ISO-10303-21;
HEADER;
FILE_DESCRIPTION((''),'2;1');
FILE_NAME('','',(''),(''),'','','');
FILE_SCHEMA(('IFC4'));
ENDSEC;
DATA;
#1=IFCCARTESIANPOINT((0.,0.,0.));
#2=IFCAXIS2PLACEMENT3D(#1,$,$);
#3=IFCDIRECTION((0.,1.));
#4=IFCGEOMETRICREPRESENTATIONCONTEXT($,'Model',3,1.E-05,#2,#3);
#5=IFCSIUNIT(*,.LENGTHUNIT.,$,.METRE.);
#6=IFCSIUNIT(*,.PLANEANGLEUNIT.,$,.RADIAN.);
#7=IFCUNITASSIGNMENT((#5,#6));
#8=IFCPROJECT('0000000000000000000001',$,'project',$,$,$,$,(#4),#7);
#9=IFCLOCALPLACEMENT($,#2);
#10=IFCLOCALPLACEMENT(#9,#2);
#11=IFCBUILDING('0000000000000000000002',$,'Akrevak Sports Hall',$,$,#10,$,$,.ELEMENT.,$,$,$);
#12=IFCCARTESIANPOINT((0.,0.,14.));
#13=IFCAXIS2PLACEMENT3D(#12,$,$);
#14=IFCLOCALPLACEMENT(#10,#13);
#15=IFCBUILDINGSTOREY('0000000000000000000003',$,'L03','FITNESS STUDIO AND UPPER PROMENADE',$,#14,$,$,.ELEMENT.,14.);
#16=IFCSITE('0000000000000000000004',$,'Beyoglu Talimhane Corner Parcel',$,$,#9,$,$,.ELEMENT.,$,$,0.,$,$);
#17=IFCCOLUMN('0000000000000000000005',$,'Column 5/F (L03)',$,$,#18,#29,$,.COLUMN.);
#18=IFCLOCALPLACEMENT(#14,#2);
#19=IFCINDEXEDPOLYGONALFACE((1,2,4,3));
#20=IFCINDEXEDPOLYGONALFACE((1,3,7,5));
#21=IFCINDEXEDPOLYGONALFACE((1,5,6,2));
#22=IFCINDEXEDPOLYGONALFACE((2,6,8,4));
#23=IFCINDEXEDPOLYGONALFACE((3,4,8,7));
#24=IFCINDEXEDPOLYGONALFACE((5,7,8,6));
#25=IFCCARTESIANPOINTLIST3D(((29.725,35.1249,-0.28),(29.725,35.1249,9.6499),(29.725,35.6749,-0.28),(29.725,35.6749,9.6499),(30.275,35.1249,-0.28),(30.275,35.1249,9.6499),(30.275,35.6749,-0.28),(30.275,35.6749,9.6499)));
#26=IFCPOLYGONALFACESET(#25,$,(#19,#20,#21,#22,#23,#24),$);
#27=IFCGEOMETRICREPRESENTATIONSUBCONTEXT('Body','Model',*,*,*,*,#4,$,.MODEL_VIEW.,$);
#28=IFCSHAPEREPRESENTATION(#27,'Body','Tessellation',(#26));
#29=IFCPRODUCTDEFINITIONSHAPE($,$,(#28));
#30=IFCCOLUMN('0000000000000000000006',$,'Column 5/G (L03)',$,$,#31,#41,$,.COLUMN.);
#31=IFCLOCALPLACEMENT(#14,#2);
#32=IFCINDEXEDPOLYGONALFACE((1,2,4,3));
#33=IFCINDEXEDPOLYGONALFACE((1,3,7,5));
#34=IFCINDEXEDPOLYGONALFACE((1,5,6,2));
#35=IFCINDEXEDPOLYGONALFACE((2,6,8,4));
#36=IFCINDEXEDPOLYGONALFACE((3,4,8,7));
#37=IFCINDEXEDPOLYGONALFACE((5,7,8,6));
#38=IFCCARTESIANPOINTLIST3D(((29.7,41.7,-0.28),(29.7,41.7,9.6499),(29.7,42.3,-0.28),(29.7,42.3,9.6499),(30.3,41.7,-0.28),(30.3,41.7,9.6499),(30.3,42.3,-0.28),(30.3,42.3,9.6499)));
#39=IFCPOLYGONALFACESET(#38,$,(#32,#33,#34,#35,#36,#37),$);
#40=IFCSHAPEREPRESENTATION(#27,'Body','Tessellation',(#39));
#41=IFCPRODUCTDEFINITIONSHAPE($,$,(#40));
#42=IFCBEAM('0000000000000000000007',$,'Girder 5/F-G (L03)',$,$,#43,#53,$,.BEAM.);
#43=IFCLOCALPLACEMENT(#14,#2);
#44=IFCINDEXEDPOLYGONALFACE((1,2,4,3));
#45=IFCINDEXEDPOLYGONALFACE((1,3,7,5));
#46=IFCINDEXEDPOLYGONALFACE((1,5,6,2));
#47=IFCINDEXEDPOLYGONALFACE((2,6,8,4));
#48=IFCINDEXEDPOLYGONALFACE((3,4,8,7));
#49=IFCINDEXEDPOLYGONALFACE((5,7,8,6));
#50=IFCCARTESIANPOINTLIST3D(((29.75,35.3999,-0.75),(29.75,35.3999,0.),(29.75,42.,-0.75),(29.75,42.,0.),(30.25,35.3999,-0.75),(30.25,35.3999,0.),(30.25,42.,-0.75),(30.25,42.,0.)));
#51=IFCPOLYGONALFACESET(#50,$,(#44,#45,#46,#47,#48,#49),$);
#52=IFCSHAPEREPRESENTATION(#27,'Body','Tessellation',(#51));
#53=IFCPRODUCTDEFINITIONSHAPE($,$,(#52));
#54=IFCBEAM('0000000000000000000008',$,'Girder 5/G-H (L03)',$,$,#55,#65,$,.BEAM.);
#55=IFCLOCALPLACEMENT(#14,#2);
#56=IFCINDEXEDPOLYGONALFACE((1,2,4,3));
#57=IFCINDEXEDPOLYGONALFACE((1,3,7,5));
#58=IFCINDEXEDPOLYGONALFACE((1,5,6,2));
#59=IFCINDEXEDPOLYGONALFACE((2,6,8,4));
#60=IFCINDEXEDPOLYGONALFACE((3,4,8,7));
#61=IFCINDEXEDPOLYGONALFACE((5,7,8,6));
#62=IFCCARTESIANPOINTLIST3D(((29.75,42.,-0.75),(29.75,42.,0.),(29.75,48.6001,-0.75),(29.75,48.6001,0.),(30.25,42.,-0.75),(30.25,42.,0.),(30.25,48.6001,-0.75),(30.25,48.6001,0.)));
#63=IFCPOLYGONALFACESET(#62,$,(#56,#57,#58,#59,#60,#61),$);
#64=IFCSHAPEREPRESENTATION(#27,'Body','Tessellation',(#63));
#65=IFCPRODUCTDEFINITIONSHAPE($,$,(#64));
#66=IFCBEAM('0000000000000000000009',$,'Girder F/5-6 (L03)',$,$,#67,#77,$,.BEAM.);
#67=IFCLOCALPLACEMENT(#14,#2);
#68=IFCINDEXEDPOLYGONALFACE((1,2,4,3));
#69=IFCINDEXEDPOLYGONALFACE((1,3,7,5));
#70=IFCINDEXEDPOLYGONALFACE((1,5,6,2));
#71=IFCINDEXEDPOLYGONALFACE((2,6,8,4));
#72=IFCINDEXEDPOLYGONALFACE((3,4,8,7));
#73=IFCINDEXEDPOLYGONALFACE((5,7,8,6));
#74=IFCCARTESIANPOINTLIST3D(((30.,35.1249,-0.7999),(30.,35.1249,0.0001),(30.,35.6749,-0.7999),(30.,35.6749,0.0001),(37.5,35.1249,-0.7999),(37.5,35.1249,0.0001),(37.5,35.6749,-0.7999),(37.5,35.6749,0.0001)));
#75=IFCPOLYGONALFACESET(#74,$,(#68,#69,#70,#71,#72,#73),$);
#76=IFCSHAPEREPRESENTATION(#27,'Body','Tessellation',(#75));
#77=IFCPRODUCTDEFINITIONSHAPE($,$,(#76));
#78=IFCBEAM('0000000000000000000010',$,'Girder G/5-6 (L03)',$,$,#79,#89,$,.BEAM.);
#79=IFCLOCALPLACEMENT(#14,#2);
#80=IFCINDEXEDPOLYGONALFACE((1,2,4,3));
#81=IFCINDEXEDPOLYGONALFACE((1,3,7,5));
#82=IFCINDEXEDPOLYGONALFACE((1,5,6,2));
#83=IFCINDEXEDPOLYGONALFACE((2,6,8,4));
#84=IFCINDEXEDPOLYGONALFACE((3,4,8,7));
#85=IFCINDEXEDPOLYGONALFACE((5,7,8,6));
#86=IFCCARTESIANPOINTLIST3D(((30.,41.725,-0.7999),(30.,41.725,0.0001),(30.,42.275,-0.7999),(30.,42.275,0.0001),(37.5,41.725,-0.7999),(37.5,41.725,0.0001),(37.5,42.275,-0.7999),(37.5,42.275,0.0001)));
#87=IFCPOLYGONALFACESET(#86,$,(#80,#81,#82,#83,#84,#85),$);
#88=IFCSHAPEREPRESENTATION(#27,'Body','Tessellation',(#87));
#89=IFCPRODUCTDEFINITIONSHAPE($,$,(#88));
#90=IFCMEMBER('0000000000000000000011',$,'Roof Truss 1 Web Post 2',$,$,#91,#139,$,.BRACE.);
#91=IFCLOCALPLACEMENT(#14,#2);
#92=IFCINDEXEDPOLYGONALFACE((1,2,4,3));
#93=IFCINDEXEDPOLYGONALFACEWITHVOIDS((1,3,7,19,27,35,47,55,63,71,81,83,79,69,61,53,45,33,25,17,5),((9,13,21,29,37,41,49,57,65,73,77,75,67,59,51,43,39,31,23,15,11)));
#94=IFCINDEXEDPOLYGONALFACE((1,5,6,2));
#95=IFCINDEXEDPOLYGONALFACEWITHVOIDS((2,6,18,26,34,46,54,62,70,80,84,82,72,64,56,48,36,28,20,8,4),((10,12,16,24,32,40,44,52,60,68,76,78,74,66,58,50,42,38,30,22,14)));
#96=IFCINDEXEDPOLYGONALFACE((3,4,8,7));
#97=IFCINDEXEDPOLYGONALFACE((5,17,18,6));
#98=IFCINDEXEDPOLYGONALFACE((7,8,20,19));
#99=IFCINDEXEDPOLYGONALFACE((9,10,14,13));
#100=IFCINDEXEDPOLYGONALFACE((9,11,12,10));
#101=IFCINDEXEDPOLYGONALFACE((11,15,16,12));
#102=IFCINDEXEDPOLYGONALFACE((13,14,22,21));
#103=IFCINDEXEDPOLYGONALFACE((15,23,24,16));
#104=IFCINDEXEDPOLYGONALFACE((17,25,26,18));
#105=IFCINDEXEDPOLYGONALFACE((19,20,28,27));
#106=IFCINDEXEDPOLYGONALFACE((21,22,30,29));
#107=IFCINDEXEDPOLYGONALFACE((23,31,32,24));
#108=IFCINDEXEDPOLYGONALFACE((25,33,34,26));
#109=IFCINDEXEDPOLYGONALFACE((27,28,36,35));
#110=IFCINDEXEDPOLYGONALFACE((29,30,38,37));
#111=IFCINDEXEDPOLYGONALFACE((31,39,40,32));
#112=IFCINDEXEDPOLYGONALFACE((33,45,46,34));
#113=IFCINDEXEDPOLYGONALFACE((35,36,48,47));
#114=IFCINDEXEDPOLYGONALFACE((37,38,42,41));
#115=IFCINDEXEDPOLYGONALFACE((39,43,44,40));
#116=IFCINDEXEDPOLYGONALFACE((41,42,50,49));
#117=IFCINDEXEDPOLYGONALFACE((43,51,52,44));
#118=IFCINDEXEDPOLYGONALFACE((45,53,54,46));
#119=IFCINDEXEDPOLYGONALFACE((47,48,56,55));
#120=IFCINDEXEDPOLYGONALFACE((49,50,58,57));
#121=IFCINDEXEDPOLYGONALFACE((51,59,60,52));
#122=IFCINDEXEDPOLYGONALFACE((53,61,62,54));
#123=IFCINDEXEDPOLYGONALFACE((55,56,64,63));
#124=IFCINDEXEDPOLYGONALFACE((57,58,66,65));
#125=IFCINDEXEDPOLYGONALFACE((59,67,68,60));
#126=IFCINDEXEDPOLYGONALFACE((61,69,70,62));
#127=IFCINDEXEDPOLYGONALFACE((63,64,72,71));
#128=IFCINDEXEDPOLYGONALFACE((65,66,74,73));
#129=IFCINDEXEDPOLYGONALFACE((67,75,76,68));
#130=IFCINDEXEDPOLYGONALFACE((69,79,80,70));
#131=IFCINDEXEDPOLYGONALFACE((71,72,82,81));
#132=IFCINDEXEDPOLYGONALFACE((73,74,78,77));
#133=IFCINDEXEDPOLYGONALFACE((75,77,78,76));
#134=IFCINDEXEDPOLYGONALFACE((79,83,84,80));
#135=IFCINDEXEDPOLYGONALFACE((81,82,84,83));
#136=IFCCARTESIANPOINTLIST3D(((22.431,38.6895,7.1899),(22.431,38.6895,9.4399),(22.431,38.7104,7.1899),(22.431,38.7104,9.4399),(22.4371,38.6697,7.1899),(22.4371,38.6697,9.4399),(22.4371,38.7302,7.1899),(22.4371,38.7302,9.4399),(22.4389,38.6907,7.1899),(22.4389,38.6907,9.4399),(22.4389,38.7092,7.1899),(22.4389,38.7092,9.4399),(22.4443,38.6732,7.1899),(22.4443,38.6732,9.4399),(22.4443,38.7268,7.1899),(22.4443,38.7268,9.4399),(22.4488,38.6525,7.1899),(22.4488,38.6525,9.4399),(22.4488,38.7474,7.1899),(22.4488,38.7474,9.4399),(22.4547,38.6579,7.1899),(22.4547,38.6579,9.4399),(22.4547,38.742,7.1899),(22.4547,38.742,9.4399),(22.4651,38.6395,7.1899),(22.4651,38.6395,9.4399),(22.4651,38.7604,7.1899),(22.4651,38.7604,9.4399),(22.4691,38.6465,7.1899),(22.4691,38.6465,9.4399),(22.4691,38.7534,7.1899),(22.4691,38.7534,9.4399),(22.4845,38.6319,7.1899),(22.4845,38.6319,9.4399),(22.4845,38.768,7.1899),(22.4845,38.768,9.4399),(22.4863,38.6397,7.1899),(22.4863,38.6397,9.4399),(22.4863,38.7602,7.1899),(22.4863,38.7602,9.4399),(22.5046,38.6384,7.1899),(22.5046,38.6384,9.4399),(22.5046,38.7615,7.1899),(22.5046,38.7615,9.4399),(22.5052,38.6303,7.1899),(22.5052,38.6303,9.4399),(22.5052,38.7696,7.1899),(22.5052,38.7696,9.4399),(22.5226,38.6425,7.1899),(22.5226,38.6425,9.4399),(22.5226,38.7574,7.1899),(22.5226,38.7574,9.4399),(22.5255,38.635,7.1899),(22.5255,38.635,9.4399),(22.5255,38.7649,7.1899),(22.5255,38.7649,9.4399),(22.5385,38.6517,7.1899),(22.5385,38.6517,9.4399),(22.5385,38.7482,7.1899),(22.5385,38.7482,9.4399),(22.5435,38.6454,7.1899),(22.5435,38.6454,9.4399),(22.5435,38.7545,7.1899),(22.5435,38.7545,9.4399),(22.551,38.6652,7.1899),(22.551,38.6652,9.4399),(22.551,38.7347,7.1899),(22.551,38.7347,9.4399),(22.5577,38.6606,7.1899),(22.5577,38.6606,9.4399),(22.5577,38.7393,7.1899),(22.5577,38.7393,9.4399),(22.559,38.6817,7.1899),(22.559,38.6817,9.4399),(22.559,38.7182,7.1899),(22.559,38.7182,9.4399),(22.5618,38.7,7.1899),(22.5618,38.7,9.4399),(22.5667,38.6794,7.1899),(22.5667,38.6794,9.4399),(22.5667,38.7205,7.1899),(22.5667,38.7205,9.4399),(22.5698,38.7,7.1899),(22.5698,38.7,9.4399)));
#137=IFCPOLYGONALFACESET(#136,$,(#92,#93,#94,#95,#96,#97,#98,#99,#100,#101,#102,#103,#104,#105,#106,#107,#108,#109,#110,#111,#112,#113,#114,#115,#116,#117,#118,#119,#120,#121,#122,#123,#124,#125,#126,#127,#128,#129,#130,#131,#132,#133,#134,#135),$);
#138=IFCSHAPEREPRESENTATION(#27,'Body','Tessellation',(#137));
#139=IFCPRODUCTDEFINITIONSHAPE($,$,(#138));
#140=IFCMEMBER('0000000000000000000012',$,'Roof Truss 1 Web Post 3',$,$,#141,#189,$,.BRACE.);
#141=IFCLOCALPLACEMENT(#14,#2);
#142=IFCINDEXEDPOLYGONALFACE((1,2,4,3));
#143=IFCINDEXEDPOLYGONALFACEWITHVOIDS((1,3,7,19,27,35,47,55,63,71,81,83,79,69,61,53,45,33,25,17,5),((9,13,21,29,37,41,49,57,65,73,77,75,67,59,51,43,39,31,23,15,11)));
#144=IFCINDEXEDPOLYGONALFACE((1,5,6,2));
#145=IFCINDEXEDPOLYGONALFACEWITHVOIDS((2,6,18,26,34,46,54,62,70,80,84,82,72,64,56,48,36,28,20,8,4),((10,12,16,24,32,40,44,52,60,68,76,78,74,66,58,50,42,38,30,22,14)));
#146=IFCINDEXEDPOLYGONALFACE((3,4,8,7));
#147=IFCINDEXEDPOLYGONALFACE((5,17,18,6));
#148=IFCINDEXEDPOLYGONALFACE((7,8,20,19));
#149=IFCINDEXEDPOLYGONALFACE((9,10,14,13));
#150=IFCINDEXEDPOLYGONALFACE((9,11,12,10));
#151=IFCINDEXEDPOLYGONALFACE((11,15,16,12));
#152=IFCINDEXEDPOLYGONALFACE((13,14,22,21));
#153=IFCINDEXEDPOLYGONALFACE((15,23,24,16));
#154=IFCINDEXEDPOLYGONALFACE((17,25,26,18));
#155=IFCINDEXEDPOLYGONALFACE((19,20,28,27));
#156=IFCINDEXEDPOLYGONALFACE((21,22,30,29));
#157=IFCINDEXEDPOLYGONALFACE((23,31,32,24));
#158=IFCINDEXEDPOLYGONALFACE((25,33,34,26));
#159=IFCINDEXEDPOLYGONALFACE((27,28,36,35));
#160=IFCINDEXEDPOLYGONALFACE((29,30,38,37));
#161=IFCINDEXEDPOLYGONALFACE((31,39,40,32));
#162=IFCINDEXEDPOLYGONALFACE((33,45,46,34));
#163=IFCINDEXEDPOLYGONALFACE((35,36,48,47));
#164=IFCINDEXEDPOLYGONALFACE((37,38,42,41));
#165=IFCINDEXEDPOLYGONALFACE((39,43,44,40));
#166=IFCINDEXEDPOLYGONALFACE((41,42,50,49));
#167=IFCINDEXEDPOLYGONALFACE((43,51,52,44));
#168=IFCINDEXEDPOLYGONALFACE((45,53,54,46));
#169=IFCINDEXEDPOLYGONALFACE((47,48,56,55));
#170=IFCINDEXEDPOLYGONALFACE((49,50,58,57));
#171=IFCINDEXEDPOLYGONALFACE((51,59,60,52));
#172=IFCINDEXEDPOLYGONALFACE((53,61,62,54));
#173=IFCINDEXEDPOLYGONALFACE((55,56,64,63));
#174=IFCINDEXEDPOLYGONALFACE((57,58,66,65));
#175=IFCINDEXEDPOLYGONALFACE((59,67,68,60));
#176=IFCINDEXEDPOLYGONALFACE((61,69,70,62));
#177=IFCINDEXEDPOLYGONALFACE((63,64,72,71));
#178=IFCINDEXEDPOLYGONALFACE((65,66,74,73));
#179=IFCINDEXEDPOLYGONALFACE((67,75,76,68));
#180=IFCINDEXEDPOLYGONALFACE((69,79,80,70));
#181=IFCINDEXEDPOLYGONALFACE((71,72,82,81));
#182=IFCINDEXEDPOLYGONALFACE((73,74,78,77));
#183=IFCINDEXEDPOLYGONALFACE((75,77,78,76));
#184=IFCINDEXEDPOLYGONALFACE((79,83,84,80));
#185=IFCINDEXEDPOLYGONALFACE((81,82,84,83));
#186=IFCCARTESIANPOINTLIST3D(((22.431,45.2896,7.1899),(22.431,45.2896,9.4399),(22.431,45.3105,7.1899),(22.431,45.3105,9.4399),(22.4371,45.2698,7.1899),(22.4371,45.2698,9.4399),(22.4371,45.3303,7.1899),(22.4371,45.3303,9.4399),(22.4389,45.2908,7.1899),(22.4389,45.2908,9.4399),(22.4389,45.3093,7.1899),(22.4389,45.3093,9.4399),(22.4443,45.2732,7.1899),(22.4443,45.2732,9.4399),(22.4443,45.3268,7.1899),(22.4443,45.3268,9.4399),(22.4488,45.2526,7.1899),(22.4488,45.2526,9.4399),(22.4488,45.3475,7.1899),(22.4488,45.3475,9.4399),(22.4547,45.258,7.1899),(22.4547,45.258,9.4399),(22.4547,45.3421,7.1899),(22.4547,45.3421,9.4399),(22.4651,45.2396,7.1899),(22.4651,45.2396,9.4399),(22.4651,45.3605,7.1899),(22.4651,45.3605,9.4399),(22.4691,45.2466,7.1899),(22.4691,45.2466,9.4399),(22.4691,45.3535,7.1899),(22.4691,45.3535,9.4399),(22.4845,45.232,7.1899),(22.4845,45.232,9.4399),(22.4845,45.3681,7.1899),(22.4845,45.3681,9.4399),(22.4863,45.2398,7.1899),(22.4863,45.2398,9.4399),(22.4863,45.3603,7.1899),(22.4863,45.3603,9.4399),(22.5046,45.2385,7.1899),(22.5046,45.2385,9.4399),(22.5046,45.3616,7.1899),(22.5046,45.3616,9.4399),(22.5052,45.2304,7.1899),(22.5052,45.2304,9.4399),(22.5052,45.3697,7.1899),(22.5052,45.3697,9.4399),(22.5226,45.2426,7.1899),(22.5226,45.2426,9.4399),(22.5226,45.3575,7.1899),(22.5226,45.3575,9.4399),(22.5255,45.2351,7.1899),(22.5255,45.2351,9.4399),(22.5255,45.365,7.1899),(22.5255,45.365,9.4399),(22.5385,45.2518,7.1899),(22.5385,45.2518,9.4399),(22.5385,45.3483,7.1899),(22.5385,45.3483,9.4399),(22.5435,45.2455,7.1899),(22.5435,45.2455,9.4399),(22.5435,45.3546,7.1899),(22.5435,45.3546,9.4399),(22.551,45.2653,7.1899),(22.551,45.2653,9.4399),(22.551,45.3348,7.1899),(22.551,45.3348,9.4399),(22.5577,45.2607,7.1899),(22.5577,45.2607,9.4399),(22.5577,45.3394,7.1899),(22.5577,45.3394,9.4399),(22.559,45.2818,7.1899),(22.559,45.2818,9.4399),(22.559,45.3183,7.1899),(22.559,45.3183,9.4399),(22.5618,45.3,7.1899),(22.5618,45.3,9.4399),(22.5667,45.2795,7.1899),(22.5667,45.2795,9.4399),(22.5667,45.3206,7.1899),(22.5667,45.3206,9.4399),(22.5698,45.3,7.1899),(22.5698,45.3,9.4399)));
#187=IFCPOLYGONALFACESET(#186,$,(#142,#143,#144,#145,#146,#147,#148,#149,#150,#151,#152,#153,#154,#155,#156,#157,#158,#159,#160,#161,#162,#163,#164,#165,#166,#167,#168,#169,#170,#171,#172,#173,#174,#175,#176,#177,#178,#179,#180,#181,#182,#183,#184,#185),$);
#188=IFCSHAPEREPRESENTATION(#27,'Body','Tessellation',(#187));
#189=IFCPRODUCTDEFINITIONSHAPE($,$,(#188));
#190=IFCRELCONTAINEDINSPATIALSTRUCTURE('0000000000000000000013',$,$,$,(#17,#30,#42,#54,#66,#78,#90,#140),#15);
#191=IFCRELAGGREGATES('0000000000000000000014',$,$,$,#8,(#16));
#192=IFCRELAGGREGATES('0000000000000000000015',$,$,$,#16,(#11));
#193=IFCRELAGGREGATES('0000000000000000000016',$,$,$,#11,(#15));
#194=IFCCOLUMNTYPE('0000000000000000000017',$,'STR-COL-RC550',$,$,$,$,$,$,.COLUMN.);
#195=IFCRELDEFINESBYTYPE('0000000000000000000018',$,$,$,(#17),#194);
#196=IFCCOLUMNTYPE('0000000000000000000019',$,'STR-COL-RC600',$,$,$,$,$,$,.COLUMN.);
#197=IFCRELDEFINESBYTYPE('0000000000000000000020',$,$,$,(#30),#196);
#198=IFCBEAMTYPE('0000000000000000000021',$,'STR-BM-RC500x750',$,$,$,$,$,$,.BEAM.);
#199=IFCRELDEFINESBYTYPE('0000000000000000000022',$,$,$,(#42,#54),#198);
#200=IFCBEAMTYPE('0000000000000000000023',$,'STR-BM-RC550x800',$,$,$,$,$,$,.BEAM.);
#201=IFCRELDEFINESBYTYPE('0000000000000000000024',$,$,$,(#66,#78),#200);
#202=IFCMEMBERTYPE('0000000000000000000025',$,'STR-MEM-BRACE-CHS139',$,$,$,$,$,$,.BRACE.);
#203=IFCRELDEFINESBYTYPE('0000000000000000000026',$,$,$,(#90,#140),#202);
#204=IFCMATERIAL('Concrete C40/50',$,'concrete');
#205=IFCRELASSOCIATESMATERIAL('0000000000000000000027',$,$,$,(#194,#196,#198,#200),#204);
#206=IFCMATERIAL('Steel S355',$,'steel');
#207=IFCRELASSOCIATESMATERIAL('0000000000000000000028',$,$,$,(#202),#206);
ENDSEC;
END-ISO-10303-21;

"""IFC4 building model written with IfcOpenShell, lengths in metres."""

from ifc_helpers import new_model, si_unit, direction, frame, origin, origin_2d, place, context, subcontext, project, spatial, rectangle, hollow_circle, extrude, material, material_profile, profile_set, type_object, element, save


model = new_model("IFC4")

# Units and contexts
model_context = context("Model", 3, precision=1e-05, world=origin(), true_north=direction((0.0, 1.0)))
body_context = subcontext(model_context, "Body", "Model", "MODEL_VIEW")
ifc_project = project(units=[si_unit("LENGTHUNIT", "METRE"), si_unit("PLANEANGLEUNIT", "RADIAN")], contexts=[model_context])

# Site, building, storey
site_placement = place(None, origin())
site = spatial("IfcSite", under=ifc_project, at=site_placement, Name="Beyoglu Talimhane Corner Parcel", CompositionType="ELEMENT", RefElevation=0.0)
building_placement = place(site_placement, origin())
building = spatial("IfcBuilding", under=site, at=building_placement, Name="Akrevak Sports Hall", CompositionType="ELEMENT")
storey_placement = place(building_placement, frame((0.0, 0.0, 14.0)))
storey = spatial("IfcBuildingStorey", under=building, at=storey_placement, Name="L03", Description="FITNESS STUDIO AND UPPER PROMENADE", CompositionType="ELEMENT", Elevation=14.0)

# Columns
ifc_material_1 = material(Name="Concrete C40/50", Category="concrete")
ifc_material_profile_1 = material_profile(ifc_material_1, rectangle(XDim=0.55, YDim=0.55, at=origin_2d()), Name="RC 550x550", Category="concrete")
ifc_profile_set_1 = profile_set([ifc_material_profile_1], Name="Concrete C40/50")
column_type_1 = type_object("IfcColumnType", Name="STR-COL-RC550", PredefinedType="COLUMN", material=ifc_profile_set_1)
column_1_placement = place(storey_placement, frame((30.0, 35.3999, -0.28), z_axis=(0.0, 0.0, 1.0), x_axis=(1.0, 0.0, 0.0)))
element("IfcColumn", 1, at=column_1_placement, inside=storey, type_object=column_type_1, Name="Column 5/F (L03)", PredefinedType="COLUMN", context=body_context, shape_type="SweptSolid", body=[
    extrude(rectangle(XDim=0.55, YDim=0.55, at=origin_2d()), origin(), (0.0, 0.0, 1.0), 9.9299),
])
ifc_material_profile_2 = material_profile(ifc_material_1, rectangle(XDim=0.6001, YDim=0.6001, at=origin_2d()), Name="RC 600x600", Category="concrete")
ifc_profile_set_2 = profile_set([ifc_material_profile_2], Name="Concrete C40/50")
column_type_2 = type_object("IfcColumnType", Name="STR-COL-RC600", PredefinedType="COLUMN", material=ifc_profile_set_2)
column_2_placement = place(storey_placement, frame((30.0, 42.0, -0.28), z_axis=(0.0, 0.0, 1.0), x_axis=(1.0, 0.0, 0.0)))
element("IfcColumn", 2, at=column_2_placement, inside=storey, type_object=column_type_2, Name="Column 5/G (L03)", PredefinedType="COLUMN", context=body_context, shape_type="SweptSolid", body=[
    extrude(rectangle(XDim=0.6001, YDim=0.6001, at=origin_2d()), origin(), (0.0, 0.0, 1.0), 9.9299),
])

# Beams
ifc_material_profile_3 = material_profile(ifc_material_1, rectangle(XDim=0.5, YDim=0.75, at=origin_2d()), Name="BM 500x750", Category="concrete")
ifc_profile_set_3 = profile_set([ifc_material_profile_3], Name="Concrete C40/50")
beam_type_1 = type_object("IfcBeamType", Name="STR-BM-RC500x750", PredefinedType="BEAM", material=ifc_profile_set_3)
for number, where, z_axis, x_axis, name in (
    (3, (30.0, 35.3999, -0.375), (0.0, 1.0, 0.0), (-1.0, 0.0, 0.0), "Girder 5/F-G (L03)"),
    (4, (30.0, 42.0, -0.375), (0.0, 1.0, 0.0), (-1.0, 0.0, 0.0), "Girder 5/G-H (L03)"),
):
    element("IfcBeam", number, at=place(storey_placement, frame(where, z_axis=z_axis, x_axis=x_axis)), inside=storey, type_object=beam_type_1, Name=name, PredefinedType="BEAM", context=body_context, shape_type="SweptSolid", body=[
        extrude(rectangle(XDim=0.5, YDim=0.75, at=origin_2d()), origin(), (0.0, 0.0, 1.0), 6.6001),
    ])
ifc_material_profile_4 = material_profile(ifc_material_1, rectangle(XDim=0.55, YDim=0.8, at=origin_2d()), Name="BM 550x800", Category="concrete")
ifc_profile_set_4 = profile_set([ifc_material_profile_4], Name="Concrete C40/50")
beam_type_2 = type_object("IfcBeamType", Name="STR-BM-RC550x800", PredefinedType="BEAM", material=ifc_profile_set_4)
for number, where, z_axis, x_axis, name in (
    (5, (30.0, 35.3999, -0.3999), (1.0, 0.0, 0.0), (0.0, 1.0, 0.0), "Girder F/5-6 (L03)"),
    (6, (30.0, 42.0, -0.3999), (1.0, 0.0, 0.0), (0.0, 1.0, 0.0), "Girder G/5-6 (L03)"),
):
    element("IfcBeam", number, at=place(storey_placement, frame(where, z_axis=z_axis, x_axis=x_axis)), inside=storey, type_object=beam_type_2, Name=name, PredefinedType="BEAM", context=body_context, shape_type="SweptSolid", body=[
        extrude(rectangle(XDim=0.55, YDim=0.8, at=origin_2d()), origin(), (0.0, 0.0, 1.0), 7.5),
    ])

# Members
ifc_material_2 = material(Name="Steel S355", Category="steel")
ifc_material_profile_5 = material_profile(ifc_material_2, hollow_circle(Radius=0.0698, WallThickness=0.0081, at=origin_2d()), Name="CHS 139.7x8", Category="steel")
ifc_profile_set_5 = profile_set([ifc_material_profile_5], Name="Steel S355")
member_type_1 = type_object("IfcMemberType", Name="STR-MEM-BRACE-CHS139", PredefinedType="BRACE", material=ifc_profile_set_5)
for number, where, z_axis, x_axis, name in (
    (7, (22.5, 38.7, 7.1899), (0.0, 0.0, 1.0), (1.0, 0.0, 0.0), "Roof Truss 1 Web Post 2"),
    (8, (22.5, 45.3, 7.1899), (0.0, 0.0, 1.0), (1.0, 0.0, 0.0), "Roof Truss 1 Web Post 3"),
):
    element("IfcMember", number, at=place(storey_placement, frame(where, z_axis=z_axis, x_axis=x_axis)), inside=storey, type_object=member_type_1, Name=name, PredefinedType="BRACE", context=body_context, shape_type="SweptSolid", body=[
        extrude(hollow_circle(Radius=0.0698, WallThickness=0.0081, at=origin_2d()), origin(), (0.0, 0.0, 1.0), 2.25),
    ])

save(model, "model.ifc")
